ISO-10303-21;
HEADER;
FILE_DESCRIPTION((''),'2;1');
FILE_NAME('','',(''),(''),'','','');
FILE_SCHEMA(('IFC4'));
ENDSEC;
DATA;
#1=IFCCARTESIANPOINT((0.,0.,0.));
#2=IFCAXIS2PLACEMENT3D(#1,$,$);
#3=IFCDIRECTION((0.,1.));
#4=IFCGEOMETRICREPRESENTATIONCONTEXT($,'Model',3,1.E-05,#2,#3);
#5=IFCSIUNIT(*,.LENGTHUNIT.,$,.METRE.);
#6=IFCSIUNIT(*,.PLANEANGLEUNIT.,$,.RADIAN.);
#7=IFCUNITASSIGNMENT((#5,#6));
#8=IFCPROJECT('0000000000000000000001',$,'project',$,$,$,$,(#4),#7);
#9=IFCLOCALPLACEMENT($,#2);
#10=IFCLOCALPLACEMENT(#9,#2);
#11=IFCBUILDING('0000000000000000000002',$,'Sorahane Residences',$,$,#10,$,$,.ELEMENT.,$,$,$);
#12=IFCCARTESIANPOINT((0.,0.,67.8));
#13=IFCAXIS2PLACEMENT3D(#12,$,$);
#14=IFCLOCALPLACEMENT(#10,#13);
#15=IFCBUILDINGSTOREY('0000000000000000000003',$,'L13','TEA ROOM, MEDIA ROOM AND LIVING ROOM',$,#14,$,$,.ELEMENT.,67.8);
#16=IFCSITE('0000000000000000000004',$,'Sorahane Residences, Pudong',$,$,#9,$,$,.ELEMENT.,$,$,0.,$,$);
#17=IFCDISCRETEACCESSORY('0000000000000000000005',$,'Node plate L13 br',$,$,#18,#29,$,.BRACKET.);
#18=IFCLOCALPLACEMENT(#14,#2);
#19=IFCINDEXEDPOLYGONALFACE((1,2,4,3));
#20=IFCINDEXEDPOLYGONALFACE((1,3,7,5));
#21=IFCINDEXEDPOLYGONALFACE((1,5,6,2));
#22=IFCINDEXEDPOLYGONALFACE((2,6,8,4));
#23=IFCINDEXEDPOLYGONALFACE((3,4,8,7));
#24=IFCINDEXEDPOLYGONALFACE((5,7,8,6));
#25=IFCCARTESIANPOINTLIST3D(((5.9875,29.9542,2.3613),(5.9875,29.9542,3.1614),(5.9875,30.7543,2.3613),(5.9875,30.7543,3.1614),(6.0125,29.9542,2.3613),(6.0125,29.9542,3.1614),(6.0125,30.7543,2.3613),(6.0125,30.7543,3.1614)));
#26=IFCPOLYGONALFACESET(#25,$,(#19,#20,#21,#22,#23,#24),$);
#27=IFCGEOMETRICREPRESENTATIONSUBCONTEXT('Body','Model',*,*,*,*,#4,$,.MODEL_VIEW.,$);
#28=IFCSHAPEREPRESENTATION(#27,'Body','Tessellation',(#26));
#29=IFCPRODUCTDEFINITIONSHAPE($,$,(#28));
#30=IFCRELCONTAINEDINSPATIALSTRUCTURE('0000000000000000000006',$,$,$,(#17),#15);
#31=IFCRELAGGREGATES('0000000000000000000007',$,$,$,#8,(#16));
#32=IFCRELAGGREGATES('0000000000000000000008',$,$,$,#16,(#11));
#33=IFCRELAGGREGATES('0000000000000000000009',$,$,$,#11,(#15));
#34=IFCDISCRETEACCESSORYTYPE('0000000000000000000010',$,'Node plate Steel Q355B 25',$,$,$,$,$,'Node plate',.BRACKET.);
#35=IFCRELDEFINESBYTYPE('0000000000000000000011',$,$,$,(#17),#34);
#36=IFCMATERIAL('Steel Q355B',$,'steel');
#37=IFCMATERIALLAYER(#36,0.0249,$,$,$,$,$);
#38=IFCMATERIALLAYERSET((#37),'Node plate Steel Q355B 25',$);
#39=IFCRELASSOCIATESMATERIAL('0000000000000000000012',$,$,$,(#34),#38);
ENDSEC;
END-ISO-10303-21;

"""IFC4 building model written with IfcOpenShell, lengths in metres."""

from ifc_helpers import new_model, si_unit, direction, frame, origin, origin_2d, place, context, subcontext, project, spatial, rectangle, extrude, material, layer, layer_set, type_object, element, save


model = new_model("IFC4")

# Units and contexts
model_context = context("Model", 3, precision=1e-05, world=origin(), true_north=direction((0.0, 1.0)))
body_context = subcontext(model_context, "Body", "Model", "MODEL_VIEW")
ifc_project = project(units=[si_unit("LENGTHUNIT", "METRE"), si_unit("PLANEANGLEUNIT", "RADIAN")], contexts=[model_context])

# Site, building, storey
site_placement = place(None, origin())
site = spatial("IfcSite", under=ifc_project, at=site_placement, Name="Sorahane Residences, Pudong", CompositionType="ELEMENT", RefElevation=0.0)
building_placement = place(site_placement, origin())
building = spatial("IfcBuilding", under=site, at=building_placement, Name="Sorahane Residences", CompositionType="ELEMENT")
storey_placement = place(building_placement, frame((0.0, 0.0, 67.8)))
storey = spatial("IfcBuildingStorey", under=building, at=storey_placement, Name="L13", Description="TEA ROOM, MEDIA ROOM AND LIVING ROOM", CompositionType="ELEMENT", Elevation=67.8)

# Discrete accessory
ifc_material_1 = material(Name="Steel Q355B", Category="steel")
ifc_layer_1 = layer(ifc_material_1, 0.0249)
ifc_layer_set_1 = layer_set([ifc_layer_1], Name="Node plate Steel Q355B 25")
discrete_accessory_type = type_object("IfcDiscreteAccessoryType", Name="Node plate Steel Q355B 25", ElementType="Node plate", PredefinedType="BRACKET", material=ifc_layer_set_1)
for number, where, z_axis, x_axis, name in (
    (1, (6.0, 30.3542, 2.3613), (0.0, 0.0, 1.0), (0.0, 1.0, 0.0), "Node plate L13 br"),
):
    element("IfcDiscreteAccessory", number, at=place(storey_placement, frame(where, z_axis=z_axis, x_axis=x_axis)), inside=storey, type_object=discrete_accessory_type, Name=name, PredefinedType="BRACKET", context=body_context, shape_type="SweptSolid", body=[
        extrude(rectangle(XDim=0.8, YDim=0.0249, at=origin_2d()), origin(), (0.0, 0.0, 1.0), 0.8),
    ])

save(model, "model.ifc")
